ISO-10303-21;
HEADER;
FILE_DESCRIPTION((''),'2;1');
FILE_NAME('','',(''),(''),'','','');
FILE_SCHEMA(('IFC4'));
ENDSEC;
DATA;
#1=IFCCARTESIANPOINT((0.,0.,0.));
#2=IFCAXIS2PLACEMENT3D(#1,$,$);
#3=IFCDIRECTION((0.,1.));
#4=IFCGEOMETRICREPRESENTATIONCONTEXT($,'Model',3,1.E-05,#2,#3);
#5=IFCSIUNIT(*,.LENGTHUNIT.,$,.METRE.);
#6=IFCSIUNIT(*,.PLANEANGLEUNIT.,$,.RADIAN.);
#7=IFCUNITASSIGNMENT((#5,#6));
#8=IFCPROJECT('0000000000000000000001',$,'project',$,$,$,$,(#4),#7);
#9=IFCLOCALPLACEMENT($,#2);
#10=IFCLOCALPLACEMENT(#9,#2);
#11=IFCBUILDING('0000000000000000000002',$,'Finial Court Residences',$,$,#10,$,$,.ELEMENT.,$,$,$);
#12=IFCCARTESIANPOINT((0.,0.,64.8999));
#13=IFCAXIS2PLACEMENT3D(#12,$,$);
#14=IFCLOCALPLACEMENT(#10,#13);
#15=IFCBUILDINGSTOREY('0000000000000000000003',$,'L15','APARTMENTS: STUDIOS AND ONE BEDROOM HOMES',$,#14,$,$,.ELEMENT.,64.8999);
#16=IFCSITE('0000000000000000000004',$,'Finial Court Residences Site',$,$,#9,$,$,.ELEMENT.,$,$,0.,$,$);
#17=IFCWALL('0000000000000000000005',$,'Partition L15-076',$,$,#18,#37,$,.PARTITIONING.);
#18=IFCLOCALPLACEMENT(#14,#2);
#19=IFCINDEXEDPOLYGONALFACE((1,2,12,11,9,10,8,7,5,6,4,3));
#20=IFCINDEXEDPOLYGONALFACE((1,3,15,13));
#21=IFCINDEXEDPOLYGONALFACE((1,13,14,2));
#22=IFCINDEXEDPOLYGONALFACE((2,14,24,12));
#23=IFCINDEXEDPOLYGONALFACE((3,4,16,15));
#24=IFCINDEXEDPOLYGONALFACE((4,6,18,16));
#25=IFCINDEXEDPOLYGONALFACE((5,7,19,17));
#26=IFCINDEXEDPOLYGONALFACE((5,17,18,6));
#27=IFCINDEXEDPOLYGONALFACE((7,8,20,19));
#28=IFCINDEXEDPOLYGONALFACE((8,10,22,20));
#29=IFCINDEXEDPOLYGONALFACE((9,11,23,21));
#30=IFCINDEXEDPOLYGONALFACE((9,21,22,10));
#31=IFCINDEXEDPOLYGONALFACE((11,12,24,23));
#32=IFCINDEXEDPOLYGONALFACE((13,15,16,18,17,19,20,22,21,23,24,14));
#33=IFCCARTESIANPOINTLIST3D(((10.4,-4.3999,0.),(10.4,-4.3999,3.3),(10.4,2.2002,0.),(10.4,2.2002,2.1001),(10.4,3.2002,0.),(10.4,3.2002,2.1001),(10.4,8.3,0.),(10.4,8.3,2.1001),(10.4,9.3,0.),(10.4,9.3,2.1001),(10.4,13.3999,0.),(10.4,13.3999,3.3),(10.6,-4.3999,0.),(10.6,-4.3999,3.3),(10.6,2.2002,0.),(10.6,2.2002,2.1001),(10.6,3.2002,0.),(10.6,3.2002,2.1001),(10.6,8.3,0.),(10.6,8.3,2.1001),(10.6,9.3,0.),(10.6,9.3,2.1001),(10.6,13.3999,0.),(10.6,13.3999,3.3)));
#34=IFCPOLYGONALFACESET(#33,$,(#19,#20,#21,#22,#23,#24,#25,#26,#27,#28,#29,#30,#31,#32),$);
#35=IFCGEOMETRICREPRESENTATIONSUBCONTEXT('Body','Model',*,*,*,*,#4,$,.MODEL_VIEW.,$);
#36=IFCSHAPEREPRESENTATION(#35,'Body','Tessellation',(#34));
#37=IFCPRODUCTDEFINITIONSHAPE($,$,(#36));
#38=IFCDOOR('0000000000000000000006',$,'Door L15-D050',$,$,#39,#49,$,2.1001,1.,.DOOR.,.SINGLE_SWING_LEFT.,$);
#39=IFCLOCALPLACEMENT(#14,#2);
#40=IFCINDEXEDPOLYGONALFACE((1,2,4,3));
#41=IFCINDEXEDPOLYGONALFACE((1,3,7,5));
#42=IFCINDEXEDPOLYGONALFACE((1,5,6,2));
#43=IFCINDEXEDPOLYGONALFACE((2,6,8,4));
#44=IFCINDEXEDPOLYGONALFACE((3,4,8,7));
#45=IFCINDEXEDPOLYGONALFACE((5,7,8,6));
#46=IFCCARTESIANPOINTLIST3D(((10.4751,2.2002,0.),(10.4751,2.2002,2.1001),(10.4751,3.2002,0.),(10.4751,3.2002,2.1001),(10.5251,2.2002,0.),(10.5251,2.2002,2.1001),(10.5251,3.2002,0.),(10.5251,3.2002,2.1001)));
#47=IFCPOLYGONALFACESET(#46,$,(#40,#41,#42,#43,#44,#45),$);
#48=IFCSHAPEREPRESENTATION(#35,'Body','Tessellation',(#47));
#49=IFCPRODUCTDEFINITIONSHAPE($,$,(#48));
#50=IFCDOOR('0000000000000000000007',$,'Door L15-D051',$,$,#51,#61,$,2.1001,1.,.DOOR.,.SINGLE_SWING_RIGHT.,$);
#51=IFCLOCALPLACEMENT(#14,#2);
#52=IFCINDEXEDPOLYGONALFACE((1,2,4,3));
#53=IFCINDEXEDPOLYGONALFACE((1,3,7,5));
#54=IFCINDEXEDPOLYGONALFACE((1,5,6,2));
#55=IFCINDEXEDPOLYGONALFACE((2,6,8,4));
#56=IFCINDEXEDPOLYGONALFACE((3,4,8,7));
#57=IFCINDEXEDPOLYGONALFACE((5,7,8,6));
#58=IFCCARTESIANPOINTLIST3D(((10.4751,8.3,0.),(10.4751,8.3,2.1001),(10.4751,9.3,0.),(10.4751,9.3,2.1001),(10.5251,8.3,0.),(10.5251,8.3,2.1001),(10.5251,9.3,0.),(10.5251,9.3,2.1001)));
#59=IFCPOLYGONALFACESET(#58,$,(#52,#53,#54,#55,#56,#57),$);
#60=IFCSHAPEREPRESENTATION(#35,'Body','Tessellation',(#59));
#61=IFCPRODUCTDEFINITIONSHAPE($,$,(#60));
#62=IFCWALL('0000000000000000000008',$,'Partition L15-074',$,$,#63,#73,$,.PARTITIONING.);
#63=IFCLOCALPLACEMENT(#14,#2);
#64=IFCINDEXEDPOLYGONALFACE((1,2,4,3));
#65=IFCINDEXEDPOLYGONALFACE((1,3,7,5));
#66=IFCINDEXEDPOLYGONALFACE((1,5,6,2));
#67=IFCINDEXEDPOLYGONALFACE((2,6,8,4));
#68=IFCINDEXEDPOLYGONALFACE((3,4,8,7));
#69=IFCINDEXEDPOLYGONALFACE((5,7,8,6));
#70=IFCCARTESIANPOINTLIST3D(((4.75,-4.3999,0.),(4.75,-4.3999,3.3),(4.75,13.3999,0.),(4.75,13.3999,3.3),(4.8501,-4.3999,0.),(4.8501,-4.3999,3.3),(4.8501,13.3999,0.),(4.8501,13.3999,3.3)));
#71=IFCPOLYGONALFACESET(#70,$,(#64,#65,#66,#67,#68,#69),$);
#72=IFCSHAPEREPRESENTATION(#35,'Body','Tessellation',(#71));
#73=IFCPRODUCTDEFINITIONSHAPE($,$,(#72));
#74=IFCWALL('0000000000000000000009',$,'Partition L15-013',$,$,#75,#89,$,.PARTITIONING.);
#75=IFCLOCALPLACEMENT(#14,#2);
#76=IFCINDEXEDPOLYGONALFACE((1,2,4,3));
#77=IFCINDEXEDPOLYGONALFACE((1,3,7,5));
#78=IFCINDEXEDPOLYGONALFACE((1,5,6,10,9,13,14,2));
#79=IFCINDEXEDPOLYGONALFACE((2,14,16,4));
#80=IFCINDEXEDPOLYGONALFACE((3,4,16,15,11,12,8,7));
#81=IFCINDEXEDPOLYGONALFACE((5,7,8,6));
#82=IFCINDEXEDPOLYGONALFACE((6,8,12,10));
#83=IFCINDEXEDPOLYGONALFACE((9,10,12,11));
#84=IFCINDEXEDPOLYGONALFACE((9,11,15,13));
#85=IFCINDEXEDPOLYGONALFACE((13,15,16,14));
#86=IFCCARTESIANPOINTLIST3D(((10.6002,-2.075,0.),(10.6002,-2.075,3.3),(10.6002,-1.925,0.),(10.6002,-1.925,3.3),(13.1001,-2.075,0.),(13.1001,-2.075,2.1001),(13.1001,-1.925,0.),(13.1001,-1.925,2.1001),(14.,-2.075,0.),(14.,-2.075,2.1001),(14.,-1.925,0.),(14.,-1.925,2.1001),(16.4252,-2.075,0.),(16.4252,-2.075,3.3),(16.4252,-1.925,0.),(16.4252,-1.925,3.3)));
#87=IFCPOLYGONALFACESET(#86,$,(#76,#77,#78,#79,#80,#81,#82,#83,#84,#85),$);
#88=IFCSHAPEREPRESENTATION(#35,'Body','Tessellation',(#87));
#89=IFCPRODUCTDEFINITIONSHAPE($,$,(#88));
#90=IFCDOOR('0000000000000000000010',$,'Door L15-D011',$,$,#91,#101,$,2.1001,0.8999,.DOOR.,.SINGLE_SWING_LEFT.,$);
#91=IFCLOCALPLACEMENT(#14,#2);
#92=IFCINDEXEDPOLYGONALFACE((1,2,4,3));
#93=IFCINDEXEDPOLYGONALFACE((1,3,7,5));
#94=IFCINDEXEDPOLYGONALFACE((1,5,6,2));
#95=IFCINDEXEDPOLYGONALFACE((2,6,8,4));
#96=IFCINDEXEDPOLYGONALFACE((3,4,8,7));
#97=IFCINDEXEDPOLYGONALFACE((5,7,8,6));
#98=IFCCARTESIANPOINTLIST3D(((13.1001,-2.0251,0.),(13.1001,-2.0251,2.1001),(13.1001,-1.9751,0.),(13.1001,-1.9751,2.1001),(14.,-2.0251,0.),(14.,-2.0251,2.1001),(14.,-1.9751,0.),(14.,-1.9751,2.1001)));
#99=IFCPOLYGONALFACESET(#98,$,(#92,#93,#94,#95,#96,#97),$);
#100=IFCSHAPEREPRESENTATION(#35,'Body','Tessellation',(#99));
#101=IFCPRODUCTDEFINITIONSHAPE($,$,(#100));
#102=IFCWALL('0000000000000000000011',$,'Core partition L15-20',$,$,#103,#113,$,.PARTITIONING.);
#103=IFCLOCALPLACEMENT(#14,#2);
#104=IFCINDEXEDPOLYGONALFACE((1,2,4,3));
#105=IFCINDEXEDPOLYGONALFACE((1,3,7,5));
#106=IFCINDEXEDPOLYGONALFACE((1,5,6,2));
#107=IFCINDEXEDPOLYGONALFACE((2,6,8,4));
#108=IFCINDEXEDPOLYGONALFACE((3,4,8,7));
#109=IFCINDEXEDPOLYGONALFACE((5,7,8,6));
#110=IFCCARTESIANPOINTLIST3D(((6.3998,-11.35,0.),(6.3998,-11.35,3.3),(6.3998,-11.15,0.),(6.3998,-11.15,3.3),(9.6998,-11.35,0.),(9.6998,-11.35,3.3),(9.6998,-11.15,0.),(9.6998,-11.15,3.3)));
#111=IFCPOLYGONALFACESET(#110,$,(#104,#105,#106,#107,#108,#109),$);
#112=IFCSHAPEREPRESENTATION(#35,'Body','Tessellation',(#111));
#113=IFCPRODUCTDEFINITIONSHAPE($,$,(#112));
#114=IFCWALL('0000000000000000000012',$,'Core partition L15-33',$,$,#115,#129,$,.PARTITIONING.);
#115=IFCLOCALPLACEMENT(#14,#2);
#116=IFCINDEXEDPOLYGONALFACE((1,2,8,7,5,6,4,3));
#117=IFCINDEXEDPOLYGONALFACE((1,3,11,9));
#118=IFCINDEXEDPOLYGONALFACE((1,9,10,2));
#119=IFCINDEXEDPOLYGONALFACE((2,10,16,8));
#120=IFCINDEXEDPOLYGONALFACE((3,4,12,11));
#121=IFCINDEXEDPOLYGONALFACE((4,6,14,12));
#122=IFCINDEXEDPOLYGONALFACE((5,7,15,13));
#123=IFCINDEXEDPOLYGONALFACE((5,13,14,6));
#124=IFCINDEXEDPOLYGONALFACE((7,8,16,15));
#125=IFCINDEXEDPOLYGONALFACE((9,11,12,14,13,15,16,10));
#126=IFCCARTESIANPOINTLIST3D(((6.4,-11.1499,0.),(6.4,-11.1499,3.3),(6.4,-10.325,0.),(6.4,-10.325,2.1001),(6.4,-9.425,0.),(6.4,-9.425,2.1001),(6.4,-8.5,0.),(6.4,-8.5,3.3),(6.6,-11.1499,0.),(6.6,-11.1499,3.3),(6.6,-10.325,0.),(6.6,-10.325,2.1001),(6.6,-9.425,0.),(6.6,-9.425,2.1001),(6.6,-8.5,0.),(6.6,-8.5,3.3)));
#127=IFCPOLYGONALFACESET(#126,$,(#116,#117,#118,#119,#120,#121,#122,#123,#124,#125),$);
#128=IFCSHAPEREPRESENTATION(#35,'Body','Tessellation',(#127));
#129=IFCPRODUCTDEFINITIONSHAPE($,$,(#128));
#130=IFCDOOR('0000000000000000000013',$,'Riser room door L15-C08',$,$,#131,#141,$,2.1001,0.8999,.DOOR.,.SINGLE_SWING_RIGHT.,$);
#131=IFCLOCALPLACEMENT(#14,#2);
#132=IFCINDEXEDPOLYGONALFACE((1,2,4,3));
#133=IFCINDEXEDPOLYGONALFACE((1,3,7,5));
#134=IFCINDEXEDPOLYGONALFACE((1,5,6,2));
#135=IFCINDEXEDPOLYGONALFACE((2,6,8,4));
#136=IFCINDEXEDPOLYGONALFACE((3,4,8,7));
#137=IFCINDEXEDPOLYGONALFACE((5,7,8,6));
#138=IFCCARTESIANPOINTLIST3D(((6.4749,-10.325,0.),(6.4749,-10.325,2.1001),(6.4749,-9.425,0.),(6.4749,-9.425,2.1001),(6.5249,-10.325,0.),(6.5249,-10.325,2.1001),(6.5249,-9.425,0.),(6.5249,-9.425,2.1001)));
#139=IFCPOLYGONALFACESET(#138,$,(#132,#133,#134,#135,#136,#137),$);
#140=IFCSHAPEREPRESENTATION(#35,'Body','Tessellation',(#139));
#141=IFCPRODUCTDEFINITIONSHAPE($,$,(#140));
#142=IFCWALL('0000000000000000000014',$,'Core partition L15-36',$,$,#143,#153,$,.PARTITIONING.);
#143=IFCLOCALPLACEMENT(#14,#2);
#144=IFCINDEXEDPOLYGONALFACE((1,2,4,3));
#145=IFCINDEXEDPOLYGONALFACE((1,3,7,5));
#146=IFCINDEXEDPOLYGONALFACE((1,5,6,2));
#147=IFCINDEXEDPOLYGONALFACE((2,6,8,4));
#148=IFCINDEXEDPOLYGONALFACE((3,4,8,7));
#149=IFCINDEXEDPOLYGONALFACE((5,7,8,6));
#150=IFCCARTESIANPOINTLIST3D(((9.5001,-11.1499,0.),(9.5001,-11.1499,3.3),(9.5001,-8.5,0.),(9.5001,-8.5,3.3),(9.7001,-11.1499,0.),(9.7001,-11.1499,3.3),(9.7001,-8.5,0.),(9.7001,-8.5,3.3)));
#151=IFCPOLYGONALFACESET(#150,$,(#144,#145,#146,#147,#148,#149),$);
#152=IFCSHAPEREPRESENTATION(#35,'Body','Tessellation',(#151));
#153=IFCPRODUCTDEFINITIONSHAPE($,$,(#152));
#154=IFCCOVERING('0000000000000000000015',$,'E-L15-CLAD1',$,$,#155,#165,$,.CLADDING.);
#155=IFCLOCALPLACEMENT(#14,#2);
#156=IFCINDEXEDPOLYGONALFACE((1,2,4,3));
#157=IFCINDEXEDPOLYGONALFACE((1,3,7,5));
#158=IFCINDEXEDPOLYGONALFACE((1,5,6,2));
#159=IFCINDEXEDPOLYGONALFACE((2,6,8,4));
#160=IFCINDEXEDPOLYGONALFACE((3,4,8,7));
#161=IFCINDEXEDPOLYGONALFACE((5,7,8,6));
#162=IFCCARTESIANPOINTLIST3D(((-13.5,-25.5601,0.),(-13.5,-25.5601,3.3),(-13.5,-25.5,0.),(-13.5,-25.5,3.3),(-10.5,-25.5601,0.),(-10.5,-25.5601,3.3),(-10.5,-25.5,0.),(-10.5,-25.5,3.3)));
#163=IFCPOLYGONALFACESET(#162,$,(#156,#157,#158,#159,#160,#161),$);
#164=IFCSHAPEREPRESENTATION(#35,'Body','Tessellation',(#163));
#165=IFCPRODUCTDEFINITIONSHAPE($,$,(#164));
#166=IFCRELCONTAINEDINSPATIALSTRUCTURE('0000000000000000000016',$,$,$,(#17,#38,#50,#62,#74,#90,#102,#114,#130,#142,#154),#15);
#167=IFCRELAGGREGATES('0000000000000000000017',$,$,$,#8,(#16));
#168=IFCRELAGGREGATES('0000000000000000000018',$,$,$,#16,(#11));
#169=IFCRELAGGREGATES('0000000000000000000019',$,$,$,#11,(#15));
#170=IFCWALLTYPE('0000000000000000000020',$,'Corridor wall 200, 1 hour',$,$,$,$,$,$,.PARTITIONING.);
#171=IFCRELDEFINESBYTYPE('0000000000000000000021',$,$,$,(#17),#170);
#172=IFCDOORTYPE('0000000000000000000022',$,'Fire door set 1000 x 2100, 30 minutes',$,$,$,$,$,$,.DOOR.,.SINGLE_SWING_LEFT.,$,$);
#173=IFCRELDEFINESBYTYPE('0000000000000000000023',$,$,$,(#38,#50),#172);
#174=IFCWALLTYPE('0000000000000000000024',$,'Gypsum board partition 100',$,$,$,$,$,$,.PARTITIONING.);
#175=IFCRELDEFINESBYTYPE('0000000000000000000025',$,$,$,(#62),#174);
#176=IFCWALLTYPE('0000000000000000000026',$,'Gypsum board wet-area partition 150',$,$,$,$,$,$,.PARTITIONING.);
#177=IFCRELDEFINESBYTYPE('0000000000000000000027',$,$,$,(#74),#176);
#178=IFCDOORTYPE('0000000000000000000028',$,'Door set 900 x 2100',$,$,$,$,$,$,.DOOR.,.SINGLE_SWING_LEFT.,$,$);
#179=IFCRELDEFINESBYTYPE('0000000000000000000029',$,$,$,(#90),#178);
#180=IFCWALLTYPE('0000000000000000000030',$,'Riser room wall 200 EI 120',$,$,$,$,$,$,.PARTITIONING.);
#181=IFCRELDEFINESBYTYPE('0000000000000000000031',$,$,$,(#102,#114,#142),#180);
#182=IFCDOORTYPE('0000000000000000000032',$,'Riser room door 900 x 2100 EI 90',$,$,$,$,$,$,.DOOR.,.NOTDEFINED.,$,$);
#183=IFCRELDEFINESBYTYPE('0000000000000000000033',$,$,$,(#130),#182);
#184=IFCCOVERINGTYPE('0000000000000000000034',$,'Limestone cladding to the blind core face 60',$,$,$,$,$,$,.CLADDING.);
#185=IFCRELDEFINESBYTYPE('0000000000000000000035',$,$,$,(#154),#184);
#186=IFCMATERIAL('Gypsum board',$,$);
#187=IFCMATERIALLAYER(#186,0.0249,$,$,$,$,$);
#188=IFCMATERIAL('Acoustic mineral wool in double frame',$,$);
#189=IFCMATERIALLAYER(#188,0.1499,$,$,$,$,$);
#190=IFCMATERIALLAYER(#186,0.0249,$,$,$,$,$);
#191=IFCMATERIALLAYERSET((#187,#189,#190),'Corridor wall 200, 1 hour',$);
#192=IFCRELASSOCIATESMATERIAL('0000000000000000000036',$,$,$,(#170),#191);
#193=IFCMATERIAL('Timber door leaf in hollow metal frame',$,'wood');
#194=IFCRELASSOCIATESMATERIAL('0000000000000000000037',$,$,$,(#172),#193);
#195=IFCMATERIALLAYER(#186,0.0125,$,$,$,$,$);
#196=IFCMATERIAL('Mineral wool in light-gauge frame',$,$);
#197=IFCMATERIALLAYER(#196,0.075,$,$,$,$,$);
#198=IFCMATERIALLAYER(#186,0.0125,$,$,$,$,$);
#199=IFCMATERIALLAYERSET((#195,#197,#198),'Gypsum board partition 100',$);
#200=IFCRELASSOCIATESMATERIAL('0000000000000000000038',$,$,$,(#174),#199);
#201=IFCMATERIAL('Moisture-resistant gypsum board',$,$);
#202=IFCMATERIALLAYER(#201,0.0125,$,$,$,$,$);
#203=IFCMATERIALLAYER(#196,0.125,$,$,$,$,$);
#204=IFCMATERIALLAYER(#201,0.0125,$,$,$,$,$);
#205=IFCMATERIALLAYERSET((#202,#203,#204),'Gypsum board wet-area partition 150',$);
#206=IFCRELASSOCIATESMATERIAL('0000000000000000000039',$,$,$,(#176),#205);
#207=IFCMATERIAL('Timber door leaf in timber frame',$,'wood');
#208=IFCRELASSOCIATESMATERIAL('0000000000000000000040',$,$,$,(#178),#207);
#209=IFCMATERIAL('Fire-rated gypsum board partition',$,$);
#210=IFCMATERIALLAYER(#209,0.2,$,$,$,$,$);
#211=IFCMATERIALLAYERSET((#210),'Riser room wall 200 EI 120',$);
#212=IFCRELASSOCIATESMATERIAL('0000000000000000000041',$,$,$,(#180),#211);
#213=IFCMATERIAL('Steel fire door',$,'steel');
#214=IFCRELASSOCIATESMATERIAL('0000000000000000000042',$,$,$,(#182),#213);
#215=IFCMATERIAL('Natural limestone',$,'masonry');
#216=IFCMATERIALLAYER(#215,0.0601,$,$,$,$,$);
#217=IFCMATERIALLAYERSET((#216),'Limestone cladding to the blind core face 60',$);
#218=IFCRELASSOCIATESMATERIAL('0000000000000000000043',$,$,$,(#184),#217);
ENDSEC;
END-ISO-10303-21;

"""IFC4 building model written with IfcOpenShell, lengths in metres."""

from ifc_helpers import new_model, si_unit, direction, frame, frame_2d, origin, place, context, subcontext, project, spatial, polyline, rectangle, outline, extrude, material, layer, layer_set, type_object, element, fill, save


model = new_model("IFC4")

# Units and contexts
model_context = context("Model", 3, precision=1e-05, world=origin(), true_north=direction((0.0, 1.0)))
body_context = subcontext(model_context, "Body", "Model", "MODEL_VIEW")
ifc_project = project(units=[si_unit("LENGTHUNIT", "METRE"), si_unit("PLANEANGLEUNIT", "RADIAN")], contexts=[model_context])

# Site, building, storey
site_placement = place(None, origin())
site = spatial("IfcSite", under=ifc_project, at=site_placement, Name="Finial Court Residences Site", CompositionType="ELEMENT", RefElevation=0.0)
building_placement = place(site_placement, origin())
building = spatial("IfcBuilding", under=site, at=building_placement, Name="Finial Court Residences", CompositionType="ELEMENT")
storey_placement = place(building_placement, frame((0.0, 0.0, 64.8999)))
storey = spatial("IfcBuildingStorey", under=building, at=storey_placement, Name="L15", Description="APARTMENTS: STUDIOS AND ONE BEDROOM HOMES", CompositionType="ELEMENT", Elevation=64.8999)

# Shared definitions
ifc_material_1 = material(Name="Fire-rated gypsum board partition")

# Shared definitions
ifc_material_2 = material(Name="Steel fire door", Category="steel")

# Shared definitions
ifc_material_3 = material(Name="Gypsum board")
ifc_layer_1 = layer(ifc_material_3, 0.0249)
ifc_material_4 = material(Name="Acoustic mineral wool in double frame")
ifc_layer_2 = layer(ifc_material_4, 0.1499)
ifc_layer_3 = layer(ifc_material_3, 0.0249)
ifc_layer_set_1 = layer_set([ifc_layer_1, ifc_layer_2, ifc_layer_3], Name="Corridor wall 200, 1 hour")
wall_type_1 = type_object("IfcWallType", Name="Corridor wall 200, 1 hour", PredefinedType="PARTITIONING", material=ifc_layer_set_1)

# Wall, openings, doors
wall_1_placement = place(storey_placement, frame((10.5, -4.3999, 0.0), z_axis=(0.0, 0.0, 1.0), x_axis=(0.0, 1.0, 0.0)))
wall_1 = element("IfcWall", 1, at=wall_1_placement, inside=storey, type_object=wall_type_1, Name="Partition L15-076", PredefinedType="PARTITIONING", context=body_context, shape_type="SweptSolid", body=[
    extrude(rectangle(XDim=17.7998, YDim=0.2, at=frame_2d((8.8999, 0.0))), origin(), (0.0, 0.0, 1.0), 3.3),
])
opening_1_placement = place(wall_1_placement, frame((6.6001, 0.0, 0.0)))
opening_1 = element("IfcOpeningElement", 2, at=opening_1_placement, cuts=wall_1, PredefinedType="OPENING", context=body_context, shape_type="SweptSolid", body=[
    extrude(rectangle(XDim=1.0, YDim=2.1001, at=frame_2d((0.5, 1.05))), frame((0.0, 0.1099, 0.0), z_axis=(0.0, -1.0, 0.0), x_axis=(1.0, 0.0, 0.0)), (0.0, 0.0, 1.0), 0.22),
])
opening_2_placement = place(wall_1_placement, frame((12.7, 0.0, 0.0)))
opening_2 = element("IfcOpeningElement", 3, at=opening_2_placement, cuts=wall_1, PredefinedType="OPENING", context=body_context, shape_type="SweptSolid", body=[
    extrude(rectangle(XDim=1.0, YDim=2.1001, at=frame_2d((0.5, 1.05))), frame((0.0, 0.1099, 0.0), z_axis=(0.0, -1.0, 0.0), x_axis=(1.0, 0.0, 0.0)), (0.0, 0.0, 1.0), 0.22),
])
ifc_material_5 = material(Name="Timber door leaf in hollow metal frame", Category="wood")
door_type_1 = type_object("IfcDoorType", Name="Fire door set 1000 x 2100, 30 minutes", OperationType="SINGLE_SWING_LEFT", PredefinedType="DOOR", material=ifc_material_5)
door_1_placement = place(opening_1_placement, origin())
door_1 = element("IfcDoor", 4, at=door_1_placement, inside=storey, type_object=door_type_1, Name="Door L15-D050", OperationType="SINGLE_SWING_LEFT", OverallHeight=2.1001, OverallWidth=1.0, PredefinedType="DOOR", context=body_context, shape_type="SweptSolid", body=[
    extrude(rectangle(XDim=1.0, YDim=2.1001, at=frame_2d((0.5, 1.05))), frame((0.0, 0.0249, 0.0), z_axis=(0.0, -1.0, 0.0), x_axis=(1.0, 0.0, 0.0)), (0.0, 0.0, 1.0), 0.05),
])
fill(opening_1, door_1)
door_2_placement = place(opening_2_placement, origin())
door_2 = element("IfcDoor", 5, at=door_2_placement, inside=storey, type_object=door_type_1, Name="Door L15-D051", OperationType="SINGLE_SWING_RIGHT", OverallHeight=2.1001, OverallWidth=1.0, PredefinedType="DOOR", context=body_context, shape_type="SweptSolid", body=[
    extrude(rectangle(XDim=1.0, YDim=2.1001, at=frame_2d((0.5, 1.05))), frame((0.0, 0.0249, 0.0), z_axis=(0.0, -1.0, 0.0), x_axis=(1.0, 0.0, 0.0)), (0.0, 0.0, 1.0), 0.05),
])
fill(opening_2, door_2)

# Wall
ifc_layer_4 = layer(ifc_material_3, 0.0125)
ifc_material_6 = material(Name="Mineral wool in light-gauge frame")
ifc_layer_5 = layer(ifc_material_6, 0.075)
ifc_layer_6 = layer(ifc_material_3, 0.0125)
ifc_layer_set_2 = layer_set([ifc_layer_4, ifc_layer_5, ifc_layer_6], Name="Gypsum board partition 100")
wall_type_2 = type_object("IfcWallType", Name="Gypsum board partition 100", PredefinedType="PARTITIONING", material=ifc_layer_set_2)
wall_2_placement = place(storey_placement, frame((4.8, -4.3999, 0.0), z_axis=(0.0, 0.0, 1.0), x_axis=(0.0, 1.0, 0.0)))
element("IfcWall", 6, at=wall_2_placement, inside=storey, type_object=wall_type_2, Name="Partition L15-074", PredefinedType="PARTITIONING", context=body_context, shape_type="SweptSolid", body=[
    extrude(rectangle(XDim=17.7998, YDim=0.1001, at=frame_2d((8.8999, 0.0))), origin(), (0.0, 0.0, 1.0), 3.3),
])

# Wall, opening, door
ifc_material_7 = material(Name="Moisture-resistant gypsum board")
ifc_layer_7 = layer(ifc_material_7, 0.0125)
ifc_layer_8 = layer(ifc_material_6, 0.125)
ifc_layer_9 = layer(ifc_material_7, 0.0125)
ifc_layer_set_3 = layer_set([ifc_layer_7, ifc_layer_8, ifc_layer_9], Name="Gypsum board wet-area partition 150")
wall_type_3 = type_object("IfcWallType", Name="Gypsum board wet-area partition 150", PredefinedType="PARTITIONING", material=ifc_layer_set_3)
wall_3_placement = place(storey_placement, frame((10.6001, -2.0, 0.0), z_axis=(0.0, 0.0, 1.0), x_axis=(1.0, 0.0, 0.0)))
wall_3 = element("IfcWall", 7, at=wall_3_placement, inside=storey, type_object=wall_type_3, Name="Partition L15-013", PredefinedType="PARTITIONING", context=body_context, shape_type="SweptSolid", body=[
    extrude(rectangle(XDim=5.825, YDim=0.1499, at=frame_2d((2.9126, 0.0))), origin(), (0.0, 0.0, 1.0), 3.3),
])
opening_3_placement = place(wall_3_placement, frame((2.5, 0.0, 0.0)))
opening_3 = element("IfcOpeningElement", 8, at=opening_3_placement, cuts=wall_3, PredefinedType="OPENING", context=body_context, shape_type="SweptSolid", body=[
    extrude(rectangle(XDim=0.8999, YDim=2.1001, at=frame_2d((0.45, 1.05))), frame((0.0, 0.085, 0.0), z_axis=(0.0, -1.0, 0.0), x_axis=(1.0, 0.0, 0.0)), (0.0, 0.0, 1.0), 0.1699),
])
ifc_material_8 = material(Name="Timber door leaf in timber frame", Category="wood")
door_type_2 = type_object("IfcDoorType", Name="Door set 900 x 2100", OperationType="SINGLE_SWING_LEFT", PredefinedType="DOOR", material=ifc_material_8)
door_3_placement = place(opening_3_placement, origin())
door_3 = element("IfcDoor", 9, at=door_3_placement, inside=storey, type_object=door_type_2, Name="Door L15-D011", OperationType="SINGLE_SWING_LEFT", OverallHeight=2.1001, OverallWidth=0.8999, PredefinedType="DOOR", context=body_context, shape_type="SweptSolid", body=[
    extrude(rectangle(XDim=0.8999, YDim=2.1001, at=frame_2d((0.45, 1.05))), frame((0.0, 0.0249, 0.0), z_axis=(0.0, -1.0, 0.0), x_axis=(1.0, 0.0, 0.0)), (0.0, 0.0, 1.0), 0.05),
])
fill(opening_3, door_3)

# Wall
ifc_layer_10 = layer(ifc_material_1, 0.2)
ifc_layer_set_4 = layer_set([ifc_layer_10], Name="Riser room wall 200 EI 120")
wall_type_4 = type_object("IfcWallType", Name="Riser room wall 200 EI 120", PredefinedType="PARTITIONING", material=ifc_layer_set_4)
wall_4_placement = place(storey_placement, frame((6.3999, -11.25, 0.0), z_axis=(0.0, 0.0, 1.0), x_axis=(1.0, 0.0, 0.0)))
element("IfcWall", 10, at=wall_4_placement, inside=storey, type_object=wall_type_4, Name="Core partition L15-20", PredefinedType="PARTITIONING", context=body_context, shape_type="SweptSolid", body=[
    extrude(rectangle(XDim=3.3, YDim=0.2, at=frame_2d((1.6499, 0.0))), origin(), (0.0, 0.0, 1.0), 3.3),
])

# Wall, opening, door
wall_5_placement = place(storey_placement, frame((6.5, -8.5, 0.0), z_axis=(0.0, 0.0, 1.0), x_axis=(0.0, -1.0, 0.0)))
wall_5 = element("IfcWall", 11, at=wall_5_placement, inside=storey, type_object=wall_type_4, Name="Core partition L15-33", PredefinedType="PARTITIONING", context=body_context, shape_type="SweptSolid", body=[
    extrude(rectangle(XDim=2.6499, YDim=0.2, at=frame_2d((1.325, 0.0))), origin(), (0.0, 0.0, 1.0), 3.3),
])
opening_4_placement = place(wall_5_placement, frame((0.925, 0.0, 0.0)))
opening_4 = element("IfcOpeningElement", 12, at=opening_4_placement, cuts=wall_5, PredefinedType="OPENING", context=body_context, shape_type="SweptSolid", body=[
    extrude(rectangle(XDim=0.8999, YDim=2.1001, at=frame_2d((0.45, 1.05))), frame((0.0, 0.1099, 0.0), z_axis=(0.0, -1.0, 0.0), x_axis=(1.0, 0.0, 0.0)), (0.0, 0.0, 1.0), 0.22),
])
door_type_3 = type_object("IfcDoorType", Name="Riser room door 900 x 2100 EI 90", OperationType="NOTDEFINED", PredefinedType="DOOR", material=ifc_material_2)
door_4_placement = place(opening_4_placement, origin())
door_4 = element("IfcDoor", 13, at=door_4_placement, inside=storey, type_object=door_type_3, Name="Riser room door L15-C08", OperationType="SINGLE_SWING_RIGHT", OverallHeight=2.1001, OverallWidth=0.8999, PredefinedType="DOOR", context=body_context, shape_type="SweptSolid", body=[
    extrude(rectangle(XDim=0.8999, YDim=2.1001, at=frame_2d((0.45, 1.05))), frame((0.0, 0.0249, 0.0), z_axis=(0.0, -1.0, 0.0), x_axis=(1.0, 0.0, 0.0)), (0.0, 0.0, 1.0), 0.05),
])
fill(opening_4, door_4)

# Wall
wall_6_placement = place(storey_placement, frame((9.6001, -11.1499, 0.0), z_axis=(0.0, 0.0, 1.0), x_axis=(0.0, 1.0, 0.0)))
element("IfcWall", 14, at=wall_6_placement, inside=storey, type_object=wall_type_4, Name="Core partition L15-36", PredefinedType="PARTITIONING", context=body_context, shape_type="SweptSolid", body=[
    extrude(rectangle(XDim=2.6499, YDim=0.2, at=frame_2d((1.325, 0.0))), origin(), (0.0, 0.0, 1.0), 3.3),
])

# Covering
ifc_material_9 = material(Name="Natural limestone", Category="masonry")
ifc_layer_11 = layer(ifc_material_9, 0.0601)
ifc_layer_set_5 = layer_set([ifc_layer_11], Name="Limestone cladding to the blind core face 60")
covering_type_1 = type_object("IfcCoveringType", Name="Limestone cladding to the blind core face 60", PredefinedType="CLADDING", material=ifc_layer_set_5)
covering_1_placement = place(storey_placement, origin())
element("IfcCovering", 15, at=covering_1_placement, inside=storey, type_object=covering_type_1, Name="E-L15-CLAD1", PredefinedType="CLADDING", context=body_context, shape_type="SweptSolid", body=[
    extrude(outline(polyline([(-10.5, -25.5601), (-10.5, -25.5), (-13.5, -25.5), (-13.5, -25.5601), (-10.5, -25.5601)])), origin(), (0.0, 0.0, 1.0), 3.3),
])

save(model, "model.ifc")
